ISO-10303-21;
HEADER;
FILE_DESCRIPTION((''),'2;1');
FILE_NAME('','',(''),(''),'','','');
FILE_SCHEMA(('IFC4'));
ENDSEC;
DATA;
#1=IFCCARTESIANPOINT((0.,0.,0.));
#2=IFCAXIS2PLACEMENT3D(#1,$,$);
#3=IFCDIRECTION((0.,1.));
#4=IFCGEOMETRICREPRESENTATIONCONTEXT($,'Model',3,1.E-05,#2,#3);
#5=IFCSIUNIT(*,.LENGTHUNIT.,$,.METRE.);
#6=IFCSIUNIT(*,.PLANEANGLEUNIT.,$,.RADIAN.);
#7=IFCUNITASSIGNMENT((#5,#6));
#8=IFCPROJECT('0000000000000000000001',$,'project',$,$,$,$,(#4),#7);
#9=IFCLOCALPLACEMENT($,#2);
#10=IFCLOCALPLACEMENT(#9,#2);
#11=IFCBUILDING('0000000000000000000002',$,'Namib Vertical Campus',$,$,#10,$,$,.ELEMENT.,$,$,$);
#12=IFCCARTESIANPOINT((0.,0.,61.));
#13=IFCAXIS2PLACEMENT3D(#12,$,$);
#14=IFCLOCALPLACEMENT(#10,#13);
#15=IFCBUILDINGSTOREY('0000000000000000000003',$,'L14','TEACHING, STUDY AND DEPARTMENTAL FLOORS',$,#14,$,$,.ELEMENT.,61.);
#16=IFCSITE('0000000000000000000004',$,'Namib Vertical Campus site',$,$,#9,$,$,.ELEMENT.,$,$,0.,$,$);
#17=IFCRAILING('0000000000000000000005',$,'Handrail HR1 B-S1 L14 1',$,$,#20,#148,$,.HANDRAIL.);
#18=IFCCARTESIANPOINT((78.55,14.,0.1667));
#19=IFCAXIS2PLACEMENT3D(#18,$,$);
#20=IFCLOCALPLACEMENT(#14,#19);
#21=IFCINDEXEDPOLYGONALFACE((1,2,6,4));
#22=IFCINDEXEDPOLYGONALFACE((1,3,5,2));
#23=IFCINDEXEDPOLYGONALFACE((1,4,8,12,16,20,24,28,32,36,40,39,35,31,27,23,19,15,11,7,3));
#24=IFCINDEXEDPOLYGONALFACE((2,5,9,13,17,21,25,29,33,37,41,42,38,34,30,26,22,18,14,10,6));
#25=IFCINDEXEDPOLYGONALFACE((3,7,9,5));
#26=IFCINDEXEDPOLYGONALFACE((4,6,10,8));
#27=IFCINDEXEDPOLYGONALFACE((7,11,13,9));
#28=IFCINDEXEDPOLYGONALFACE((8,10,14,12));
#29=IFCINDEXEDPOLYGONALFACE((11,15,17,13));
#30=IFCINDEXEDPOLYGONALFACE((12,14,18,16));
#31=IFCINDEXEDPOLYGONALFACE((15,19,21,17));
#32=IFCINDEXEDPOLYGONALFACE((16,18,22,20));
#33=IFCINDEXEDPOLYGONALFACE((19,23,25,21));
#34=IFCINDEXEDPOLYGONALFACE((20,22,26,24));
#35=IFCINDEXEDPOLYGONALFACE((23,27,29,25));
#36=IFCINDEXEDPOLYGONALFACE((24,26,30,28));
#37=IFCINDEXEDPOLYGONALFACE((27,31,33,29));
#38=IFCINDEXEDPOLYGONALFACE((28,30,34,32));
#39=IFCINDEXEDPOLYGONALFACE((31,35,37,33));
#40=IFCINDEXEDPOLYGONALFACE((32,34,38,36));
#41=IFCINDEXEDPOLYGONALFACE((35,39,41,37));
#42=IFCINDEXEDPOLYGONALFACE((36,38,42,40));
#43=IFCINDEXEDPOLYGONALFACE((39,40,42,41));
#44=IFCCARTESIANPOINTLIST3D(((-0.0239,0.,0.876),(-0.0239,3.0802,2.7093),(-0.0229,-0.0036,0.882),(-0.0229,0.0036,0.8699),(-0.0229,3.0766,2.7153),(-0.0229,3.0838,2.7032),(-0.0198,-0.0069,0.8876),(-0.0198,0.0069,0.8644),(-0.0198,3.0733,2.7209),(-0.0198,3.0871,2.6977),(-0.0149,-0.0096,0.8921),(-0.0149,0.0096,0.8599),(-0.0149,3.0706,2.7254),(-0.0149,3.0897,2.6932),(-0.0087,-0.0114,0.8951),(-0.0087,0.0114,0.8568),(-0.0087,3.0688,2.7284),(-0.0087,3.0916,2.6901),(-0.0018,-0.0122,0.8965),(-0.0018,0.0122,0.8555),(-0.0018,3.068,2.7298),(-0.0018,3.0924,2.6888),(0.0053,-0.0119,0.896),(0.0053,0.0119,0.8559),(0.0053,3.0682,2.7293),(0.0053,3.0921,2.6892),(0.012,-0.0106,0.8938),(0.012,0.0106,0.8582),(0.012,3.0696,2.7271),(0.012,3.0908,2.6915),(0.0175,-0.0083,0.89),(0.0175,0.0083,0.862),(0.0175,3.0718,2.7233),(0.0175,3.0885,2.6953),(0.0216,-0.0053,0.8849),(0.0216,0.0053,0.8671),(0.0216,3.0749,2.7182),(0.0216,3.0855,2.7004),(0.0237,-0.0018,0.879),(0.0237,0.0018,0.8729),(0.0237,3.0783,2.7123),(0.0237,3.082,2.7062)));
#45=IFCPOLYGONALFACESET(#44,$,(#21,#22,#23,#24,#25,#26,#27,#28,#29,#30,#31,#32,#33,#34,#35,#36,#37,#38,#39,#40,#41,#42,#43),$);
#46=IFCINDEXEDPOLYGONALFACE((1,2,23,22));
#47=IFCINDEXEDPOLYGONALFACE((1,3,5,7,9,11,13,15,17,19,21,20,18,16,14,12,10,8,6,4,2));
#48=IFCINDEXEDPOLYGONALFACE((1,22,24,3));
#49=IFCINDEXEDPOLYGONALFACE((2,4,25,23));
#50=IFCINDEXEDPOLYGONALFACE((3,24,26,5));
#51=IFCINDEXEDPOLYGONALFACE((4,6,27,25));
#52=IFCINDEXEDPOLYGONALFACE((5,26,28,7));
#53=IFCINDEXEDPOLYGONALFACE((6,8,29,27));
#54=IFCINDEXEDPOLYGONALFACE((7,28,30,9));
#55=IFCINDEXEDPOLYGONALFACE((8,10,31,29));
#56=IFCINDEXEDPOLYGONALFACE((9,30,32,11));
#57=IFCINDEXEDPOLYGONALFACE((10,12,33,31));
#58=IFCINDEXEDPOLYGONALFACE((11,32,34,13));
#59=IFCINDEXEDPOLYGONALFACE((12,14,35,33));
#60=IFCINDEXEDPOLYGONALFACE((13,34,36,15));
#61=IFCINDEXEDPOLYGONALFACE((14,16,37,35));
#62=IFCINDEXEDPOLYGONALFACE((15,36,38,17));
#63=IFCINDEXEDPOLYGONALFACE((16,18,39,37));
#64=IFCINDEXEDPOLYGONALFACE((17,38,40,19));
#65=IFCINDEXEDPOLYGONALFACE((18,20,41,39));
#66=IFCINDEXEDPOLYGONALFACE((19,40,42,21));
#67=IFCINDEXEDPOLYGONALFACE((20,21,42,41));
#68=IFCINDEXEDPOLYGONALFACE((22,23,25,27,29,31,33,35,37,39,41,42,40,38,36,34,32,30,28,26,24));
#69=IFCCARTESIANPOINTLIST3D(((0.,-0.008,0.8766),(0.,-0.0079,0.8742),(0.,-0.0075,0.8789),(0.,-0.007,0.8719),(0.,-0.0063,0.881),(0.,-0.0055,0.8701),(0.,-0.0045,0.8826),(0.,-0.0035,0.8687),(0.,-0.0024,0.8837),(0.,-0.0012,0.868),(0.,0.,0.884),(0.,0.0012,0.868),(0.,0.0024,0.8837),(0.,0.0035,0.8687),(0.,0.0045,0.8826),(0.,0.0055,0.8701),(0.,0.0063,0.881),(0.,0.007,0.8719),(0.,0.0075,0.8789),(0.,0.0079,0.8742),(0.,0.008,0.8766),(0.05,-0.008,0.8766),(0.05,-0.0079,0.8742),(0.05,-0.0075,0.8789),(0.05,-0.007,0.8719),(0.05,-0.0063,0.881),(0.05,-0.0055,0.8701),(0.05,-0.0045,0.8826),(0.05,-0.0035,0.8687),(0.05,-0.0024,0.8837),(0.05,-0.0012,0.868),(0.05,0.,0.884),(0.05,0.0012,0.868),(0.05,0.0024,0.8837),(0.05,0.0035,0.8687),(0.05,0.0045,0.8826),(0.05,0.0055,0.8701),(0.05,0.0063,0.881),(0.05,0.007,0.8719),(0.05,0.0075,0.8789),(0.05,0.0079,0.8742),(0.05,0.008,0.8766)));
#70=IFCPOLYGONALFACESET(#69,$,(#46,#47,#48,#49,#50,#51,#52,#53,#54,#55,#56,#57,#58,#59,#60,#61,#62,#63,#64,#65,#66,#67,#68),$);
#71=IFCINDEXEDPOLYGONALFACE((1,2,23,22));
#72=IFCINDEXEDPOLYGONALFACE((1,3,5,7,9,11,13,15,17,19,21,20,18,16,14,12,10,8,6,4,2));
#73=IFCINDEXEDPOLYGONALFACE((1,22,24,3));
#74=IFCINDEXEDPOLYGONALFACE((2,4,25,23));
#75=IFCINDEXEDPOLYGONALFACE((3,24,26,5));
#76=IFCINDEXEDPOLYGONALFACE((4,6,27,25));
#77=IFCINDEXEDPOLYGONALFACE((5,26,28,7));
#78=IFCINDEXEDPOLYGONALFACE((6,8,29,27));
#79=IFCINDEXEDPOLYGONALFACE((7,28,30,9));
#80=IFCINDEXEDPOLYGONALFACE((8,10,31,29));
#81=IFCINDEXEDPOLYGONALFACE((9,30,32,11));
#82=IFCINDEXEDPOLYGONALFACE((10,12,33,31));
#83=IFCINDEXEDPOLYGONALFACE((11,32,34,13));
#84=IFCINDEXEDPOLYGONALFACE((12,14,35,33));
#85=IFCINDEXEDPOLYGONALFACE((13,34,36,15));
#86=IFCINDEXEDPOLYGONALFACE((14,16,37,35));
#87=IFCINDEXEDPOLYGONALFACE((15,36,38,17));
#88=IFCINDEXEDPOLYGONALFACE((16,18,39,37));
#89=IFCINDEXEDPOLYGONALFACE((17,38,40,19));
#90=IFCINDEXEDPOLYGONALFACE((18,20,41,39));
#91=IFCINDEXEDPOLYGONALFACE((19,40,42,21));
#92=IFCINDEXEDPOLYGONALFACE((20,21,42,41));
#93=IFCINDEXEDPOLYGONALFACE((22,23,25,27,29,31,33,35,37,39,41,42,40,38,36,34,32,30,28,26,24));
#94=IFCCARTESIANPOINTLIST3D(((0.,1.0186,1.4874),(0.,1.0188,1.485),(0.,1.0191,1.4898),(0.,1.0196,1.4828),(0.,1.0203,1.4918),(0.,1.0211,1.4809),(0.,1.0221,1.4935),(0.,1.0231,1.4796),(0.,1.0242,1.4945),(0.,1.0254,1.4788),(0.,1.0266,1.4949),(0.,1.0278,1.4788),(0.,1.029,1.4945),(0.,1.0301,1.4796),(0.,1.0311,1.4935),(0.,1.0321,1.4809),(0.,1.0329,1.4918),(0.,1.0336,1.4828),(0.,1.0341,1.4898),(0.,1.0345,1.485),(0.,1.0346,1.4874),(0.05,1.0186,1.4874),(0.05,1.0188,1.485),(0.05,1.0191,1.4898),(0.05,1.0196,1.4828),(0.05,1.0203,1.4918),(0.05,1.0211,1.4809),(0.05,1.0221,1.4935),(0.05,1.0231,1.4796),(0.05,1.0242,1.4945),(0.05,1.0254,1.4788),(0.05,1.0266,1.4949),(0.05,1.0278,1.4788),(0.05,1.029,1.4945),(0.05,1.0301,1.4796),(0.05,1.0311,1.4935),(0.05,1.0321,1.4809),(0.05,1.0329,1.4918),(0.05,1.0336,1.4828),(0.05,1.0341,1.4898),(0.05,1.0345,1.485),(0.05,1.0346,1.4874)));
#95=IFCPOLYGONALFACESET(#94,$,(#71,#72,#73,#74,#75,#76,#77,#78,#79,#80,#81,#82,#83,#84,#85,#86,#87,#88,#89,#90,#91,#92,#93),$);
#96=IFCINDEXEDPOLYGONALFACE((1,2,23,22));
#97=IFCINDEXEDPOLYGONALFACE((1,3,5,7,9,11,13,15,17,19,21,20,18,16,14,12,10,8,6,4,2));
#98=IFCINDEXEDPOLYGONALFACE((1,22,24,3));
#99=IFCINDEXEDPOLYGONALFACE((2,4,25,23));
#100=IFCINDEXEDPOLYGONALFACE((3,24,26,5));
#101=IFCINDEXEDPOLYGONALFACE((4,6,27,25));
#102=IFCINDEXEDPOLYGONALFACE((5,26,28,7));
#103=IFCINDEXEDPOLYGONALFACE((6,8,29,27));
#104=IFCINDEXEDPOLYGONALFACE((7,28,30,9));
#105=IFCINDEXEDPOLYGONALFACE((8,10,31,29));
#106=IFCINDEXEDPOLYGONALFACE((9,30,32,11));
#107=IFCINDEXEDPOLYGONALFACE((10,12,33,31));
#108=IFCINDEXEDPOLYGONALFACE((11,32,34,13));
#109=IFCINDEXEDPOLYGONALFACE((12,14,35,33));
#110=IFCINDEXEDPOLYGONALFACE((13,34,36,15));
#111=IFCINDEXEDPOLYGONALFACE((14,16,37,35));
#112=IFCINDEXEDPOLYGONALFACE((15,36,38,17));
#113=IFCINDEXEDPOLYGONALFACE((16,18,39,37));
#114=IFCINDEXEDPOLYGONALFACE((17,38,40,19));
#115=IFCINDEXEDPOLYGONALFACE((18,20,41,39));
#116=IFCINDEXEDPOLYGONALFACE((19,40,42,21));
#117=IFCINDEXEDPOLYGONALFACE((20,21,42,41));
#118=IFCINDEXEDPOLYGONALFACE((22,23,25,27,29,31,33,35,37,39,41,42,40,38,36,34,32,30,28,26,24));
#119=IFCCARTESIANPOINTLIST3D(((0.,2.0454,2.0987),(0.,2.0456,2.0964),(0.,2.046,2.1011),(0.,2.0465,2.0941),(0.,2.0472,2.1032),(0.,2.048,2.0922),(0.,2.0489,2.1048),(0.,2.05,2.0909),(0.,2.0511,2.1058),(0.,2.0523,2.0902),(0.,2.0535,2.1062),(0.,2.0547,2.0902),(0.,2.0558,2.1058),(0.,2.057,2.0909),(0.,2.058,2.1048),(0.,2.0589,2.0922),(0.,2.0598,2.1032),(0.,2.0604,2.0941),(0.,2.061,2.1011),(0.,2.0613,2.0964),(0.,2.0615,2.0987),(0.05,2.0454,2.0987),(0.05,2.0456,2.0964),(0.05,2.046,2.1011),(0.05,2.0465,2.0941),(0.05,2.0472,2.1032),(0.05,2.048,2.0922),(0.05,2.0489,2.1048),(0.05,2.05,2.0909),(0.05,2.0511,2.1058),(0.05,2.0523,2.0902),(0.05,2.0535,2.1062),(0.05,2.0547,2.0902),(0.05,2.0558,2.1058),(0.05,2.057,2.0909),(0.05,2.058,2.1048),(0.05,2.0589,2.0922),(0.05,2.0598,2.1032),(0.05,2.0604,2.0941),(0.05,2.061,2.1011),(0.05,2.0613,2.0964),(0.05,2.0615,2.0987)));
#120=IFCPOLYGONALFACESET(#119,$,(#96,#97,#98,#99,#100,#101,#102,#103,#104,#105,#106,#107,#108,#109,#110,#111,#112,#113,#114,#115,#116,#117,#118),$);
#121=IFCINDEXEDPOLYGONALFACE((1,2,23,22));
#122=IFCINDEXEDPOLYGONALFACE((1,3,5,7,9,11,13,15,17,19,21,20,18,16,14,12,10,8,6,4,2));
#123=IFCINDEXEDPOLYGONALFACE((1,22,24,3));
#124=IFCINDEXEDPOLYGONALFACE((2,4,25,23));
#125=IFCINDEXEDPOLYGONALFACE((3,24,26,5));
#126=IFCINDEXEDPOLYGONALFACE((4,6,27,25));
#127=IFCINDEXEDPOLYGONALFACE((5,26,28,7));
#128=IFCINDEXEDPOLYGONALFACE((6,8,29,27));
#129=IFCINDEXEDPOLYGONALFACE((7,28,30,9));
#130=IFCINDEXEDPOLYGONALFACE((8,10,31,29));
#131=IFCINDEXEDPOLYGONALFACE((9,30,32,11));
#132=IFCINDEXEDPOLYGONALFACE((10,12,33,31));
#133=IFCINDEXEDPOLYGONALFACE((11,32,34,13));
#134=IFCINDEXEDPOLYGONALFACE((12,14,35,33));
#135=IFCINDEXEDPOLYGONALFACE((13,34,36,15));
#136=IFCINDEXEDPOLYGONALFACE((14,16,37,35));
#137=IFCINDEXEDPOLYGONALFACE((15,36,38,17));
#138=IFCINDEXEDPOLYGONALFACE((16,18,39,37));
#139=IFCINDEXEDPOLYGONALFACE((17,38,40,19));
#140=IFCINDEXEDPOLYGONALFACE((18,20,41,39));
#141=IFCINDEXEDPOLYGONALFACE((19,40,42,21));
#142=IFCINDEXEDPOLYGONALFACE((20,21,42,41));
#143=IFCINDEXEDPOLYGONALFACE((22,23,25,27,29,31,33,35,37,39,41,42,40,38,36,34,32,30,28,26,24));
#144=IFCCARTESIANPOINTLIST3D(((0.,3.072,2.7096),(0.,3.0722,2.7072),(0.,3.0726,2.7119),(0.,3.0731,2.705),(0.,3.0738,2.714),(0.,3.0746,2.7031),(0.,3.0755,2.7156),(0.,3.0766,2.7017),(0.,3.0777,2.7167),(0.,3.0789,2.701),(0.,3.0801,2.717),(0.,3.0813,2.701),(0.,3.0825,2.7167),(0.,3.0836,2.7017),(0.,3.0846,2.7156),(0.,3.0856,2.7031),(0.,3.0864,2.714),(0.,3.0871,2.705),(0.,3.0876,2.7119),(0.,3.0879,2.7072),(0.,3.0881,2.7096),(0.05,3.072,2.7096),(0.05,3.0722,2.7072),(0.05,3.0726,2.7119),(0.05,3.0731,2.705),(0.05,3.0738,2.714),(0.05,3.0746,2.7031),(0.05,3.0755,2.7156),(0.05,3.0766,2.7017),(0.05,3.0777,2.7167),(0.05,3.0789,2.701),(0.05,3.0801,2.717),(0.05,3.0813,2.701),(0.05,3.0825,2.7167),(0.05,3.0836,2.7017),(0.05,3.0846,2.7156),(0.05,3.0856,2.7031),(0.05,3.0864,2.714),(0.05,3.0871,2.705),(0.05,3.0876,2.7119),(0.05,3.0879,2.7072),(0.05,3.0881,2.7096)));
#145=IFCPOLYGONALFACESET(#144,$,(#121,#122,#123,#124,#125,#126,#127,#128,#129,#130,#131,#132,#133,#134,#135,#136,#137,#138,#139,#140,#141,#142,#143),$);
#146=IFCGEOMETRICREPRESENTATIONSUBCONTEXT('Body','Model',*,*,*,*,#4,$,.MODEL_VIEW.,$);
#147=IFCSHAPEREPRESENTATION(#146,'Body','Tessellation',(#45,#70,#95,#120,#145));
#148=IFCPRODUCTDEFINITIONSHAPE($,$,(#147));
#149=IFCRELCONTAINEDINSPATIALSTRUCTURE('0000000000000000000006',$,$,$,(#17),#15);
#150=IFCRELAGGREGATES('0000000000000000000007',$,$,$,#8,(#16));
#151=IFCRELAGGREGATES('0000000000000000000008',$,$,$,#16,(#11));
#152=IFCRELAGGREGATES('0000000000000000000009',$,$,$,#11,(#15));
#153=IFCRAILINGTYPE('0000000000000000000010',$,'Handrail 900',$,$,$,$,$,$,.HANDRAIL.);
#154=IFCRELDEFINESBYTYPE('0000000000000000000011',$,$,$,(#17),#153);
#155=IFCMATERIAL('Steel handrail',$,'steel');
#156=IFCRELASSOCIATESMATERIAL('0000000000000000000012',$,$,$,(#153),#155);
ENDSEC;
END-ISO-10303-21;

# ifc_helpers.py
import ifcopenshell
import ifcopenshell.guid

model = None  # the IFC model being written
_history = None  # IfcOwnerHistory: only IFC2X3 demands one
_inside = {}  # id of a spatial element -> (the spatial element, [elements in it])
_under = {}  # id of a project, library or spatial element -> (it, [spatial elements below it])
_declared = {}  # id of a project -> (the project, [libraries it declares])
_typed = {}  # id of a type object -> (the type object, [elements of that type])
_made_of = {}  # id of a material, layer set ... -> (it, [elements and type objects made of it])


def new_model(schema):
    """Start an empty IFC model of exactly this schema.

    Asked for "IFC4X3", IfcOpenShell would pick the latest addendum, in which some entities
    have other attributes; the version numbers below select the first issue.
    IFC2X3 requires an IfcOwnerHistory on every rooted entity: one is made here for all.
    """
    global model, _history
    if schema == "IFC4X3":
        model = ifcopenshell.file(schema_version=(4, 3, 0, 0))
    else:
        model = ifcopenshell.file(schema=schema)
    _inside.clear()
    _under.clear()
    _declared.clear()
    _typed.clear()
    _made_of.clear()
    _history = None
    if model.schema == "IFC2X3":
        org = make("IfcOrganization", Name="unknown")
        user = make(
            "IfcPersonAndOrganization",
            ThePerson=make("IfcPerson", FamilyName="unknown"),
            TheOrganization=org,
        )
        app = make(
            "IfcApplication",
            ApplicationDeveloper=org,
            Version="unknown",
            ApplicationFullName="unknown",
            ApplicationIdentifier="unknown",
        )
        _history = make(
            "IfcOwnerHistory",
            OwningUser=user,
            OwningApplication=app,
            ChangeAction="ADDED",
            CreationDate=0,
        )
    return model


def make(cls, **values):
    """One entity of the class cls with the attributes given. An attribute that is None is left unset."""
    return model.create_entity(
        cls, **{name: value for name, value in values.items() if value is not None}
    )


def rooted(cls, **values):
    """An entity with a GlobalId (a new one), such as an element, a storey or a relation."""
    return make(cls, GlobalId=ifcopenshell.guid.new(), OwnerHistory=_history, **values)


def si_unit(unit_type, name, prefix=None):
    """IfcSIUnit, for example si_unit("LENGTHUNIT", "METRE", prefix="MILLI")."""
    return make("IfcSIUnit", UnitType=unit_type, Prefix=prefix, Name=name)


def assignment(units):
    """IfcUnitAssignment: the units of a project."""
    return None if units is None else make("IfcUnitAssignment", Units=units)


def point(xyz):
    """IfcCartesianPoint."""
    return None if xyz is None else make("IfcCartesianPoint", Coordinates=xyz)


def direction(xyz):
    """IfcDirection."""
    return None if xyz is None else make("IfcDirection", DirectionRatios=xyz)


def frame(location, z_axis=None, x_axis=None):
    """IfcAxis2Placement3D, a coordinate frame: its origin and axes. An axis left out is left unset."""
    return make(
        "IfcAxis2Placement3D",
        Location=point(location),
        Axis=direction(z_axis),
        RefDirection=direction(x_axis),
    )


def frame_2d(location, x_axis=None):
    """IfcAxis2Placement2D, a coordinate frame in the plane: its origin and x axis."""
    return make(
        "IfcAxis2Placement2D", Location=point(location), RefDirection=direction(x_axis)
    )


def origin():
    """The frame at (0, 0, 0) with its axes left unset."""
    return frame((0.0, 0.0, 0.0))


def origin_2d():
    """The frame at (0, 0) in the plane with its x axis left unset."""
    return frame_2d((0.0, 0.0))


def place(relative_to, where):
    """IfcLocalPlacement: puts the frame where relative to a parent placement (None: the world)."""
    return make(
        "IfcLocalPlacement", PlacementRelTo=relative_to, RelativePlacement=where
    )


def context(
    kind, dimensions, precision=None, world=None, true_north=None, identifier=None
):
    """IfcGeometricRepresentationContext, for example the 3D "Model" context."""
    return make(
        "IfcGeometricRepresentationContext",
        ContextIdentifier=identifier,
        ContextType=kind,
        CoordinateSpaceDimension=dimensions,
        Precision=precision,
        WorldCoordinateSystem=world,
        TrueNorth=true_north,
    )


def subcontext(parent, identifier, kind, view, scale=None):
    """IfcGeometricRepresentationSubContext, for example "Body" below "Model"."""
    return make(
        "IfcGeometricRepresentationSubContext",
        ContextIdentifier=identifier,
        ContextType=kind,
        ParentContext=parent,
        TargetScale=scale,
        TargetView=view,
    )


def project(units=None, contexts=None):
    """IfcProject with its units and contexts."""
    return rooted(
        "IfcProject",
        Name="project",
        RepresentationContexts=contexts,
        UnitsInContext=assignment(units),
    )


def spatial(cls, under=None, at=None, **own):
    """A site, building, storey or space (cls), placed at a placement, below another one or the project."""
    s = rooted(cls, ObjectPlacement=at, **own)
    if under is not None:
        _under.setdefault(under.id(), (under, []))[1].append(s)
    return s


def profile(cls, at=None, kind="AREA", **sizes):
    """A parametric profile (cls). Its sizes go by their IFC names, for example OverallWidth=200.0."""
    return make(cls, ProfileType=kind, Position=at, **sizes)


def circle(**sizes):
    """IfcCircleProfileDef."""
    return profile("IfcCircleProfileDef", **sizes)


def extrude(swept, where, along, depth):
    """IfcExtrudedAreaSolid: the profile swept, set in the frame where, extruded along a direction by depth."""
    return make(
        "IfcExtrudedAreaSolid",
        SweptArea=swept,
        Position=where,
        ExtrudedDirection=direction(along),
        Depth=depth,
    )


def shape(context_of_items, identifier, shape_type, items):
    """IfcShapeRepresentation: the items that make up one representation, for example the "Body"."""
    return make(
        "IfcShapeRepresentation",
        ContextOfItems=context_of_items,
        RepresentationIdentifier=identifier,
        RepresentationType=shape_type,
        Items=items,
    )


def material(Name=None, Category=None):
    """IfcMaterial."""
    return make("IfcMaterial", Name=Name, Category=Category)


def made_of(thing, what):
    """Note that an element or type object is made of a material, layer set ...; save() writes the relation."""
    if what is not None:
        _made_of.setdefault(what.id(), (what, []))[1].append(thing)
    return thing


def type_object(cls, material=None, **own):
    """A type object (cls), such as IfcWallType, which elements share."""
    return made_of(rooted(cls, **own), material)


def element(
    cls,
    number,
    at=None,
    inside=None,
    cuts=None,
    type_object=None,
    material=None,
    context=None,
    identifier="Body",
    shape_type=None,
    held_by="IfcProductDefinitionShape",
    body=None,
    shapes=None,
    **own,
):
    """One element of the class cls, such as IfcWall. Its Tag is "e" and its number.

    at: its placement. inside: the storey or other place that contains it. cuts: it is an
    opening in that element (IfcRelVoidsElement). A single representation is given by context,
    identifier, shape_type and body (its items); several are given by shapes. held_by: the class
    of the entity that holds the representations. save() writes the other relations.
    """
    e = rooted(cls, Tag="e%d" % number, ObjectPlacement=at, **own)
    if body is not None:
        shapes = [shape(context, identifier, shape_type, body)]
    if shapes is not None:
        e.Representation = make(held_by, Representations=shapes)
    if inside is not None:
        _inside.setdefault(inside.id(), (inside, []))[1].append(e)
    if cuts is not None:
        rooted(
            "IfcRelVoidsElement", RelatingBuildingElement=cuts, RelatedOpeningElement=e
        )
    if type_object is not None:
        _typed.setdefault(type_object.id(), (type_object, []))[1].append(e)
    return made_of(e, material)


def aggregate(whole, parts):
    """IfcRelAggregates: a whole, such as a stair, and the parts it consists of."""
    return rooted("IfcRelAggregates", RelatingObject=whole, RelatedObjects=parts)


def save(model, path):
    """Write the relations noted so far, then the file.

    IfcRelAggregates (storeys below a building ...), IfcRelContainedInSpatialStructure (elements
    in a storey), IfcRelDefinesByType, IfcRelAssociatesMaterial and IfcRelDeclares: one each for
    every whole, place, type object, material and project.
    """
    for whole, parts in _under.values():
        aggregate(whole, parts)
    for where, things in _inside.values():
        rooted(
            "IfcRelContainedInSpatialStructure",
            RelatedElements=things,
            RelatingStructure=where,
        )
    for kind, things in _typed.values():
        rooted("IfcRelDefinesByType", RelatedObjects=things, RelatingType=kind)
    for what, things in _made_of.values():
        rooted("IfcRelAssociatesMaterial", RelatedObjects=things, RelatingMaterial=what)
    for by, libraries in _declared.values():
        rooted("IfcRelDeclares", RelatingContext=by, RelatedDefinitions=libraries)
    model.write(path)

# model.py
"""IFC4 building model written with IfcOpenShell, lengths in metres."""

from ifc_helpers import new_model, si_unit, direction, frame, origin, origin_2d, place, context, subcontext, project, spatial, circle, extrude, material, type_object, element, save


model = new_model("IFC4")

# Units and contexts
model_context = context("Model", 3, precision=1e-05, world=origin(), true_north=direction((0.0, 1.0)))
body_context = subcontext(model_context, "Body", "Model", "MODEL_VIEW")
ifc_project = project(units=[si_unit("LENGTHUNIT", "METRE"), si_unit("PLANEANGLEUNIT", "RADIAN")], contexts=[model_context])

# Site, building, storey
site_placement = place(None, origin())
site = spatial("IfcSite", under=ifc_project, at=site_placement, Name="Namib Vertical Campus site", CompositionType="ELEMENT", RefElevation=0.0)
building_placement = place(site_placement, origin())
building = spatial("IfcBuilding", under=site, at=building_placement, Name="Namib Vertical Campus", CompositionType="ELEMENT")
storey_placement = place(building_placement, frame((0.0, 0.0, 61.0)))
storey = spatial("IfcBuildingStorey", under=building, at=storey_placement, Name="L14", Description="TEACHING, STUDY AND DEPARTMENTAL FLOORS", CompositionType="ELEMENT", Elevation=61.0)

# Railing
ifc_material_1 = material(Name="Steel handrail", Category="steel")
railing_type_1 = type_object("IfcRailingType", Name="Handrail 900", PredefinedType="HANDRAIL", material=ifc_material_1)
railing_1_placement = place(storey_placement, frame((78.55, 14.0, 0.1667)))
element("IfcRailing", 1, at=railing_1_placement, inside=storey, type_object=railing_type_1, Name="Handrail HR1 B-S1 L14 1", PredefinedType="HANDRAIL", context=body_context, shape_type="SweptSolid", body=[
    extrude(circle(Radius=0.0239, at=origin_2d()), frame((0.0, 0.0, 0.876), z_axis=(0.0, 0.859309, 0.511458), x_axis=(-1.0, 0.0, 0.0)), (0.0, 0.0, 1.0), 3.5845),
    extrude(circle(Radius=0.0081, at=origin_2d()), frame((0.0, 0.0, 0.876), z_axis=(1.0, 0.0, 0.0), x_axis=(0.0, 0.0, 1.0)), (0.0, 0.0, 1.0), 0.05),
    extrude(circle(Radius=0.0081, at=origin_2d()), frame((0.0, 1.0266, 1.4868), z_axis=(1.0, 0.0, 0.0), x_axis=(0.0, 0.0, 1.0)), (0.0, 0.0, 1.0), 0.05),
    extrude(circle(Radius=0.0081, at=origin_2d()), frame((0.0, 2.0535, 2.0981), z_axis=(1.0, 0.0, 0.0), x_axis=(0.0, 0.0, 1.0)), (0.0, 0.0, 1.0), 0.05),
    extrude(circle(Radius=0.0081, at=origin_2d()), frame((0.0, 3.0801, 2.709), z_axis=(1.0, 0.0, 0.0), x_axis=(0.0, 0.0, 1.0)), (0.0, 0.0, 1.0), 0.05),
])

save(model, "model.ifc")
